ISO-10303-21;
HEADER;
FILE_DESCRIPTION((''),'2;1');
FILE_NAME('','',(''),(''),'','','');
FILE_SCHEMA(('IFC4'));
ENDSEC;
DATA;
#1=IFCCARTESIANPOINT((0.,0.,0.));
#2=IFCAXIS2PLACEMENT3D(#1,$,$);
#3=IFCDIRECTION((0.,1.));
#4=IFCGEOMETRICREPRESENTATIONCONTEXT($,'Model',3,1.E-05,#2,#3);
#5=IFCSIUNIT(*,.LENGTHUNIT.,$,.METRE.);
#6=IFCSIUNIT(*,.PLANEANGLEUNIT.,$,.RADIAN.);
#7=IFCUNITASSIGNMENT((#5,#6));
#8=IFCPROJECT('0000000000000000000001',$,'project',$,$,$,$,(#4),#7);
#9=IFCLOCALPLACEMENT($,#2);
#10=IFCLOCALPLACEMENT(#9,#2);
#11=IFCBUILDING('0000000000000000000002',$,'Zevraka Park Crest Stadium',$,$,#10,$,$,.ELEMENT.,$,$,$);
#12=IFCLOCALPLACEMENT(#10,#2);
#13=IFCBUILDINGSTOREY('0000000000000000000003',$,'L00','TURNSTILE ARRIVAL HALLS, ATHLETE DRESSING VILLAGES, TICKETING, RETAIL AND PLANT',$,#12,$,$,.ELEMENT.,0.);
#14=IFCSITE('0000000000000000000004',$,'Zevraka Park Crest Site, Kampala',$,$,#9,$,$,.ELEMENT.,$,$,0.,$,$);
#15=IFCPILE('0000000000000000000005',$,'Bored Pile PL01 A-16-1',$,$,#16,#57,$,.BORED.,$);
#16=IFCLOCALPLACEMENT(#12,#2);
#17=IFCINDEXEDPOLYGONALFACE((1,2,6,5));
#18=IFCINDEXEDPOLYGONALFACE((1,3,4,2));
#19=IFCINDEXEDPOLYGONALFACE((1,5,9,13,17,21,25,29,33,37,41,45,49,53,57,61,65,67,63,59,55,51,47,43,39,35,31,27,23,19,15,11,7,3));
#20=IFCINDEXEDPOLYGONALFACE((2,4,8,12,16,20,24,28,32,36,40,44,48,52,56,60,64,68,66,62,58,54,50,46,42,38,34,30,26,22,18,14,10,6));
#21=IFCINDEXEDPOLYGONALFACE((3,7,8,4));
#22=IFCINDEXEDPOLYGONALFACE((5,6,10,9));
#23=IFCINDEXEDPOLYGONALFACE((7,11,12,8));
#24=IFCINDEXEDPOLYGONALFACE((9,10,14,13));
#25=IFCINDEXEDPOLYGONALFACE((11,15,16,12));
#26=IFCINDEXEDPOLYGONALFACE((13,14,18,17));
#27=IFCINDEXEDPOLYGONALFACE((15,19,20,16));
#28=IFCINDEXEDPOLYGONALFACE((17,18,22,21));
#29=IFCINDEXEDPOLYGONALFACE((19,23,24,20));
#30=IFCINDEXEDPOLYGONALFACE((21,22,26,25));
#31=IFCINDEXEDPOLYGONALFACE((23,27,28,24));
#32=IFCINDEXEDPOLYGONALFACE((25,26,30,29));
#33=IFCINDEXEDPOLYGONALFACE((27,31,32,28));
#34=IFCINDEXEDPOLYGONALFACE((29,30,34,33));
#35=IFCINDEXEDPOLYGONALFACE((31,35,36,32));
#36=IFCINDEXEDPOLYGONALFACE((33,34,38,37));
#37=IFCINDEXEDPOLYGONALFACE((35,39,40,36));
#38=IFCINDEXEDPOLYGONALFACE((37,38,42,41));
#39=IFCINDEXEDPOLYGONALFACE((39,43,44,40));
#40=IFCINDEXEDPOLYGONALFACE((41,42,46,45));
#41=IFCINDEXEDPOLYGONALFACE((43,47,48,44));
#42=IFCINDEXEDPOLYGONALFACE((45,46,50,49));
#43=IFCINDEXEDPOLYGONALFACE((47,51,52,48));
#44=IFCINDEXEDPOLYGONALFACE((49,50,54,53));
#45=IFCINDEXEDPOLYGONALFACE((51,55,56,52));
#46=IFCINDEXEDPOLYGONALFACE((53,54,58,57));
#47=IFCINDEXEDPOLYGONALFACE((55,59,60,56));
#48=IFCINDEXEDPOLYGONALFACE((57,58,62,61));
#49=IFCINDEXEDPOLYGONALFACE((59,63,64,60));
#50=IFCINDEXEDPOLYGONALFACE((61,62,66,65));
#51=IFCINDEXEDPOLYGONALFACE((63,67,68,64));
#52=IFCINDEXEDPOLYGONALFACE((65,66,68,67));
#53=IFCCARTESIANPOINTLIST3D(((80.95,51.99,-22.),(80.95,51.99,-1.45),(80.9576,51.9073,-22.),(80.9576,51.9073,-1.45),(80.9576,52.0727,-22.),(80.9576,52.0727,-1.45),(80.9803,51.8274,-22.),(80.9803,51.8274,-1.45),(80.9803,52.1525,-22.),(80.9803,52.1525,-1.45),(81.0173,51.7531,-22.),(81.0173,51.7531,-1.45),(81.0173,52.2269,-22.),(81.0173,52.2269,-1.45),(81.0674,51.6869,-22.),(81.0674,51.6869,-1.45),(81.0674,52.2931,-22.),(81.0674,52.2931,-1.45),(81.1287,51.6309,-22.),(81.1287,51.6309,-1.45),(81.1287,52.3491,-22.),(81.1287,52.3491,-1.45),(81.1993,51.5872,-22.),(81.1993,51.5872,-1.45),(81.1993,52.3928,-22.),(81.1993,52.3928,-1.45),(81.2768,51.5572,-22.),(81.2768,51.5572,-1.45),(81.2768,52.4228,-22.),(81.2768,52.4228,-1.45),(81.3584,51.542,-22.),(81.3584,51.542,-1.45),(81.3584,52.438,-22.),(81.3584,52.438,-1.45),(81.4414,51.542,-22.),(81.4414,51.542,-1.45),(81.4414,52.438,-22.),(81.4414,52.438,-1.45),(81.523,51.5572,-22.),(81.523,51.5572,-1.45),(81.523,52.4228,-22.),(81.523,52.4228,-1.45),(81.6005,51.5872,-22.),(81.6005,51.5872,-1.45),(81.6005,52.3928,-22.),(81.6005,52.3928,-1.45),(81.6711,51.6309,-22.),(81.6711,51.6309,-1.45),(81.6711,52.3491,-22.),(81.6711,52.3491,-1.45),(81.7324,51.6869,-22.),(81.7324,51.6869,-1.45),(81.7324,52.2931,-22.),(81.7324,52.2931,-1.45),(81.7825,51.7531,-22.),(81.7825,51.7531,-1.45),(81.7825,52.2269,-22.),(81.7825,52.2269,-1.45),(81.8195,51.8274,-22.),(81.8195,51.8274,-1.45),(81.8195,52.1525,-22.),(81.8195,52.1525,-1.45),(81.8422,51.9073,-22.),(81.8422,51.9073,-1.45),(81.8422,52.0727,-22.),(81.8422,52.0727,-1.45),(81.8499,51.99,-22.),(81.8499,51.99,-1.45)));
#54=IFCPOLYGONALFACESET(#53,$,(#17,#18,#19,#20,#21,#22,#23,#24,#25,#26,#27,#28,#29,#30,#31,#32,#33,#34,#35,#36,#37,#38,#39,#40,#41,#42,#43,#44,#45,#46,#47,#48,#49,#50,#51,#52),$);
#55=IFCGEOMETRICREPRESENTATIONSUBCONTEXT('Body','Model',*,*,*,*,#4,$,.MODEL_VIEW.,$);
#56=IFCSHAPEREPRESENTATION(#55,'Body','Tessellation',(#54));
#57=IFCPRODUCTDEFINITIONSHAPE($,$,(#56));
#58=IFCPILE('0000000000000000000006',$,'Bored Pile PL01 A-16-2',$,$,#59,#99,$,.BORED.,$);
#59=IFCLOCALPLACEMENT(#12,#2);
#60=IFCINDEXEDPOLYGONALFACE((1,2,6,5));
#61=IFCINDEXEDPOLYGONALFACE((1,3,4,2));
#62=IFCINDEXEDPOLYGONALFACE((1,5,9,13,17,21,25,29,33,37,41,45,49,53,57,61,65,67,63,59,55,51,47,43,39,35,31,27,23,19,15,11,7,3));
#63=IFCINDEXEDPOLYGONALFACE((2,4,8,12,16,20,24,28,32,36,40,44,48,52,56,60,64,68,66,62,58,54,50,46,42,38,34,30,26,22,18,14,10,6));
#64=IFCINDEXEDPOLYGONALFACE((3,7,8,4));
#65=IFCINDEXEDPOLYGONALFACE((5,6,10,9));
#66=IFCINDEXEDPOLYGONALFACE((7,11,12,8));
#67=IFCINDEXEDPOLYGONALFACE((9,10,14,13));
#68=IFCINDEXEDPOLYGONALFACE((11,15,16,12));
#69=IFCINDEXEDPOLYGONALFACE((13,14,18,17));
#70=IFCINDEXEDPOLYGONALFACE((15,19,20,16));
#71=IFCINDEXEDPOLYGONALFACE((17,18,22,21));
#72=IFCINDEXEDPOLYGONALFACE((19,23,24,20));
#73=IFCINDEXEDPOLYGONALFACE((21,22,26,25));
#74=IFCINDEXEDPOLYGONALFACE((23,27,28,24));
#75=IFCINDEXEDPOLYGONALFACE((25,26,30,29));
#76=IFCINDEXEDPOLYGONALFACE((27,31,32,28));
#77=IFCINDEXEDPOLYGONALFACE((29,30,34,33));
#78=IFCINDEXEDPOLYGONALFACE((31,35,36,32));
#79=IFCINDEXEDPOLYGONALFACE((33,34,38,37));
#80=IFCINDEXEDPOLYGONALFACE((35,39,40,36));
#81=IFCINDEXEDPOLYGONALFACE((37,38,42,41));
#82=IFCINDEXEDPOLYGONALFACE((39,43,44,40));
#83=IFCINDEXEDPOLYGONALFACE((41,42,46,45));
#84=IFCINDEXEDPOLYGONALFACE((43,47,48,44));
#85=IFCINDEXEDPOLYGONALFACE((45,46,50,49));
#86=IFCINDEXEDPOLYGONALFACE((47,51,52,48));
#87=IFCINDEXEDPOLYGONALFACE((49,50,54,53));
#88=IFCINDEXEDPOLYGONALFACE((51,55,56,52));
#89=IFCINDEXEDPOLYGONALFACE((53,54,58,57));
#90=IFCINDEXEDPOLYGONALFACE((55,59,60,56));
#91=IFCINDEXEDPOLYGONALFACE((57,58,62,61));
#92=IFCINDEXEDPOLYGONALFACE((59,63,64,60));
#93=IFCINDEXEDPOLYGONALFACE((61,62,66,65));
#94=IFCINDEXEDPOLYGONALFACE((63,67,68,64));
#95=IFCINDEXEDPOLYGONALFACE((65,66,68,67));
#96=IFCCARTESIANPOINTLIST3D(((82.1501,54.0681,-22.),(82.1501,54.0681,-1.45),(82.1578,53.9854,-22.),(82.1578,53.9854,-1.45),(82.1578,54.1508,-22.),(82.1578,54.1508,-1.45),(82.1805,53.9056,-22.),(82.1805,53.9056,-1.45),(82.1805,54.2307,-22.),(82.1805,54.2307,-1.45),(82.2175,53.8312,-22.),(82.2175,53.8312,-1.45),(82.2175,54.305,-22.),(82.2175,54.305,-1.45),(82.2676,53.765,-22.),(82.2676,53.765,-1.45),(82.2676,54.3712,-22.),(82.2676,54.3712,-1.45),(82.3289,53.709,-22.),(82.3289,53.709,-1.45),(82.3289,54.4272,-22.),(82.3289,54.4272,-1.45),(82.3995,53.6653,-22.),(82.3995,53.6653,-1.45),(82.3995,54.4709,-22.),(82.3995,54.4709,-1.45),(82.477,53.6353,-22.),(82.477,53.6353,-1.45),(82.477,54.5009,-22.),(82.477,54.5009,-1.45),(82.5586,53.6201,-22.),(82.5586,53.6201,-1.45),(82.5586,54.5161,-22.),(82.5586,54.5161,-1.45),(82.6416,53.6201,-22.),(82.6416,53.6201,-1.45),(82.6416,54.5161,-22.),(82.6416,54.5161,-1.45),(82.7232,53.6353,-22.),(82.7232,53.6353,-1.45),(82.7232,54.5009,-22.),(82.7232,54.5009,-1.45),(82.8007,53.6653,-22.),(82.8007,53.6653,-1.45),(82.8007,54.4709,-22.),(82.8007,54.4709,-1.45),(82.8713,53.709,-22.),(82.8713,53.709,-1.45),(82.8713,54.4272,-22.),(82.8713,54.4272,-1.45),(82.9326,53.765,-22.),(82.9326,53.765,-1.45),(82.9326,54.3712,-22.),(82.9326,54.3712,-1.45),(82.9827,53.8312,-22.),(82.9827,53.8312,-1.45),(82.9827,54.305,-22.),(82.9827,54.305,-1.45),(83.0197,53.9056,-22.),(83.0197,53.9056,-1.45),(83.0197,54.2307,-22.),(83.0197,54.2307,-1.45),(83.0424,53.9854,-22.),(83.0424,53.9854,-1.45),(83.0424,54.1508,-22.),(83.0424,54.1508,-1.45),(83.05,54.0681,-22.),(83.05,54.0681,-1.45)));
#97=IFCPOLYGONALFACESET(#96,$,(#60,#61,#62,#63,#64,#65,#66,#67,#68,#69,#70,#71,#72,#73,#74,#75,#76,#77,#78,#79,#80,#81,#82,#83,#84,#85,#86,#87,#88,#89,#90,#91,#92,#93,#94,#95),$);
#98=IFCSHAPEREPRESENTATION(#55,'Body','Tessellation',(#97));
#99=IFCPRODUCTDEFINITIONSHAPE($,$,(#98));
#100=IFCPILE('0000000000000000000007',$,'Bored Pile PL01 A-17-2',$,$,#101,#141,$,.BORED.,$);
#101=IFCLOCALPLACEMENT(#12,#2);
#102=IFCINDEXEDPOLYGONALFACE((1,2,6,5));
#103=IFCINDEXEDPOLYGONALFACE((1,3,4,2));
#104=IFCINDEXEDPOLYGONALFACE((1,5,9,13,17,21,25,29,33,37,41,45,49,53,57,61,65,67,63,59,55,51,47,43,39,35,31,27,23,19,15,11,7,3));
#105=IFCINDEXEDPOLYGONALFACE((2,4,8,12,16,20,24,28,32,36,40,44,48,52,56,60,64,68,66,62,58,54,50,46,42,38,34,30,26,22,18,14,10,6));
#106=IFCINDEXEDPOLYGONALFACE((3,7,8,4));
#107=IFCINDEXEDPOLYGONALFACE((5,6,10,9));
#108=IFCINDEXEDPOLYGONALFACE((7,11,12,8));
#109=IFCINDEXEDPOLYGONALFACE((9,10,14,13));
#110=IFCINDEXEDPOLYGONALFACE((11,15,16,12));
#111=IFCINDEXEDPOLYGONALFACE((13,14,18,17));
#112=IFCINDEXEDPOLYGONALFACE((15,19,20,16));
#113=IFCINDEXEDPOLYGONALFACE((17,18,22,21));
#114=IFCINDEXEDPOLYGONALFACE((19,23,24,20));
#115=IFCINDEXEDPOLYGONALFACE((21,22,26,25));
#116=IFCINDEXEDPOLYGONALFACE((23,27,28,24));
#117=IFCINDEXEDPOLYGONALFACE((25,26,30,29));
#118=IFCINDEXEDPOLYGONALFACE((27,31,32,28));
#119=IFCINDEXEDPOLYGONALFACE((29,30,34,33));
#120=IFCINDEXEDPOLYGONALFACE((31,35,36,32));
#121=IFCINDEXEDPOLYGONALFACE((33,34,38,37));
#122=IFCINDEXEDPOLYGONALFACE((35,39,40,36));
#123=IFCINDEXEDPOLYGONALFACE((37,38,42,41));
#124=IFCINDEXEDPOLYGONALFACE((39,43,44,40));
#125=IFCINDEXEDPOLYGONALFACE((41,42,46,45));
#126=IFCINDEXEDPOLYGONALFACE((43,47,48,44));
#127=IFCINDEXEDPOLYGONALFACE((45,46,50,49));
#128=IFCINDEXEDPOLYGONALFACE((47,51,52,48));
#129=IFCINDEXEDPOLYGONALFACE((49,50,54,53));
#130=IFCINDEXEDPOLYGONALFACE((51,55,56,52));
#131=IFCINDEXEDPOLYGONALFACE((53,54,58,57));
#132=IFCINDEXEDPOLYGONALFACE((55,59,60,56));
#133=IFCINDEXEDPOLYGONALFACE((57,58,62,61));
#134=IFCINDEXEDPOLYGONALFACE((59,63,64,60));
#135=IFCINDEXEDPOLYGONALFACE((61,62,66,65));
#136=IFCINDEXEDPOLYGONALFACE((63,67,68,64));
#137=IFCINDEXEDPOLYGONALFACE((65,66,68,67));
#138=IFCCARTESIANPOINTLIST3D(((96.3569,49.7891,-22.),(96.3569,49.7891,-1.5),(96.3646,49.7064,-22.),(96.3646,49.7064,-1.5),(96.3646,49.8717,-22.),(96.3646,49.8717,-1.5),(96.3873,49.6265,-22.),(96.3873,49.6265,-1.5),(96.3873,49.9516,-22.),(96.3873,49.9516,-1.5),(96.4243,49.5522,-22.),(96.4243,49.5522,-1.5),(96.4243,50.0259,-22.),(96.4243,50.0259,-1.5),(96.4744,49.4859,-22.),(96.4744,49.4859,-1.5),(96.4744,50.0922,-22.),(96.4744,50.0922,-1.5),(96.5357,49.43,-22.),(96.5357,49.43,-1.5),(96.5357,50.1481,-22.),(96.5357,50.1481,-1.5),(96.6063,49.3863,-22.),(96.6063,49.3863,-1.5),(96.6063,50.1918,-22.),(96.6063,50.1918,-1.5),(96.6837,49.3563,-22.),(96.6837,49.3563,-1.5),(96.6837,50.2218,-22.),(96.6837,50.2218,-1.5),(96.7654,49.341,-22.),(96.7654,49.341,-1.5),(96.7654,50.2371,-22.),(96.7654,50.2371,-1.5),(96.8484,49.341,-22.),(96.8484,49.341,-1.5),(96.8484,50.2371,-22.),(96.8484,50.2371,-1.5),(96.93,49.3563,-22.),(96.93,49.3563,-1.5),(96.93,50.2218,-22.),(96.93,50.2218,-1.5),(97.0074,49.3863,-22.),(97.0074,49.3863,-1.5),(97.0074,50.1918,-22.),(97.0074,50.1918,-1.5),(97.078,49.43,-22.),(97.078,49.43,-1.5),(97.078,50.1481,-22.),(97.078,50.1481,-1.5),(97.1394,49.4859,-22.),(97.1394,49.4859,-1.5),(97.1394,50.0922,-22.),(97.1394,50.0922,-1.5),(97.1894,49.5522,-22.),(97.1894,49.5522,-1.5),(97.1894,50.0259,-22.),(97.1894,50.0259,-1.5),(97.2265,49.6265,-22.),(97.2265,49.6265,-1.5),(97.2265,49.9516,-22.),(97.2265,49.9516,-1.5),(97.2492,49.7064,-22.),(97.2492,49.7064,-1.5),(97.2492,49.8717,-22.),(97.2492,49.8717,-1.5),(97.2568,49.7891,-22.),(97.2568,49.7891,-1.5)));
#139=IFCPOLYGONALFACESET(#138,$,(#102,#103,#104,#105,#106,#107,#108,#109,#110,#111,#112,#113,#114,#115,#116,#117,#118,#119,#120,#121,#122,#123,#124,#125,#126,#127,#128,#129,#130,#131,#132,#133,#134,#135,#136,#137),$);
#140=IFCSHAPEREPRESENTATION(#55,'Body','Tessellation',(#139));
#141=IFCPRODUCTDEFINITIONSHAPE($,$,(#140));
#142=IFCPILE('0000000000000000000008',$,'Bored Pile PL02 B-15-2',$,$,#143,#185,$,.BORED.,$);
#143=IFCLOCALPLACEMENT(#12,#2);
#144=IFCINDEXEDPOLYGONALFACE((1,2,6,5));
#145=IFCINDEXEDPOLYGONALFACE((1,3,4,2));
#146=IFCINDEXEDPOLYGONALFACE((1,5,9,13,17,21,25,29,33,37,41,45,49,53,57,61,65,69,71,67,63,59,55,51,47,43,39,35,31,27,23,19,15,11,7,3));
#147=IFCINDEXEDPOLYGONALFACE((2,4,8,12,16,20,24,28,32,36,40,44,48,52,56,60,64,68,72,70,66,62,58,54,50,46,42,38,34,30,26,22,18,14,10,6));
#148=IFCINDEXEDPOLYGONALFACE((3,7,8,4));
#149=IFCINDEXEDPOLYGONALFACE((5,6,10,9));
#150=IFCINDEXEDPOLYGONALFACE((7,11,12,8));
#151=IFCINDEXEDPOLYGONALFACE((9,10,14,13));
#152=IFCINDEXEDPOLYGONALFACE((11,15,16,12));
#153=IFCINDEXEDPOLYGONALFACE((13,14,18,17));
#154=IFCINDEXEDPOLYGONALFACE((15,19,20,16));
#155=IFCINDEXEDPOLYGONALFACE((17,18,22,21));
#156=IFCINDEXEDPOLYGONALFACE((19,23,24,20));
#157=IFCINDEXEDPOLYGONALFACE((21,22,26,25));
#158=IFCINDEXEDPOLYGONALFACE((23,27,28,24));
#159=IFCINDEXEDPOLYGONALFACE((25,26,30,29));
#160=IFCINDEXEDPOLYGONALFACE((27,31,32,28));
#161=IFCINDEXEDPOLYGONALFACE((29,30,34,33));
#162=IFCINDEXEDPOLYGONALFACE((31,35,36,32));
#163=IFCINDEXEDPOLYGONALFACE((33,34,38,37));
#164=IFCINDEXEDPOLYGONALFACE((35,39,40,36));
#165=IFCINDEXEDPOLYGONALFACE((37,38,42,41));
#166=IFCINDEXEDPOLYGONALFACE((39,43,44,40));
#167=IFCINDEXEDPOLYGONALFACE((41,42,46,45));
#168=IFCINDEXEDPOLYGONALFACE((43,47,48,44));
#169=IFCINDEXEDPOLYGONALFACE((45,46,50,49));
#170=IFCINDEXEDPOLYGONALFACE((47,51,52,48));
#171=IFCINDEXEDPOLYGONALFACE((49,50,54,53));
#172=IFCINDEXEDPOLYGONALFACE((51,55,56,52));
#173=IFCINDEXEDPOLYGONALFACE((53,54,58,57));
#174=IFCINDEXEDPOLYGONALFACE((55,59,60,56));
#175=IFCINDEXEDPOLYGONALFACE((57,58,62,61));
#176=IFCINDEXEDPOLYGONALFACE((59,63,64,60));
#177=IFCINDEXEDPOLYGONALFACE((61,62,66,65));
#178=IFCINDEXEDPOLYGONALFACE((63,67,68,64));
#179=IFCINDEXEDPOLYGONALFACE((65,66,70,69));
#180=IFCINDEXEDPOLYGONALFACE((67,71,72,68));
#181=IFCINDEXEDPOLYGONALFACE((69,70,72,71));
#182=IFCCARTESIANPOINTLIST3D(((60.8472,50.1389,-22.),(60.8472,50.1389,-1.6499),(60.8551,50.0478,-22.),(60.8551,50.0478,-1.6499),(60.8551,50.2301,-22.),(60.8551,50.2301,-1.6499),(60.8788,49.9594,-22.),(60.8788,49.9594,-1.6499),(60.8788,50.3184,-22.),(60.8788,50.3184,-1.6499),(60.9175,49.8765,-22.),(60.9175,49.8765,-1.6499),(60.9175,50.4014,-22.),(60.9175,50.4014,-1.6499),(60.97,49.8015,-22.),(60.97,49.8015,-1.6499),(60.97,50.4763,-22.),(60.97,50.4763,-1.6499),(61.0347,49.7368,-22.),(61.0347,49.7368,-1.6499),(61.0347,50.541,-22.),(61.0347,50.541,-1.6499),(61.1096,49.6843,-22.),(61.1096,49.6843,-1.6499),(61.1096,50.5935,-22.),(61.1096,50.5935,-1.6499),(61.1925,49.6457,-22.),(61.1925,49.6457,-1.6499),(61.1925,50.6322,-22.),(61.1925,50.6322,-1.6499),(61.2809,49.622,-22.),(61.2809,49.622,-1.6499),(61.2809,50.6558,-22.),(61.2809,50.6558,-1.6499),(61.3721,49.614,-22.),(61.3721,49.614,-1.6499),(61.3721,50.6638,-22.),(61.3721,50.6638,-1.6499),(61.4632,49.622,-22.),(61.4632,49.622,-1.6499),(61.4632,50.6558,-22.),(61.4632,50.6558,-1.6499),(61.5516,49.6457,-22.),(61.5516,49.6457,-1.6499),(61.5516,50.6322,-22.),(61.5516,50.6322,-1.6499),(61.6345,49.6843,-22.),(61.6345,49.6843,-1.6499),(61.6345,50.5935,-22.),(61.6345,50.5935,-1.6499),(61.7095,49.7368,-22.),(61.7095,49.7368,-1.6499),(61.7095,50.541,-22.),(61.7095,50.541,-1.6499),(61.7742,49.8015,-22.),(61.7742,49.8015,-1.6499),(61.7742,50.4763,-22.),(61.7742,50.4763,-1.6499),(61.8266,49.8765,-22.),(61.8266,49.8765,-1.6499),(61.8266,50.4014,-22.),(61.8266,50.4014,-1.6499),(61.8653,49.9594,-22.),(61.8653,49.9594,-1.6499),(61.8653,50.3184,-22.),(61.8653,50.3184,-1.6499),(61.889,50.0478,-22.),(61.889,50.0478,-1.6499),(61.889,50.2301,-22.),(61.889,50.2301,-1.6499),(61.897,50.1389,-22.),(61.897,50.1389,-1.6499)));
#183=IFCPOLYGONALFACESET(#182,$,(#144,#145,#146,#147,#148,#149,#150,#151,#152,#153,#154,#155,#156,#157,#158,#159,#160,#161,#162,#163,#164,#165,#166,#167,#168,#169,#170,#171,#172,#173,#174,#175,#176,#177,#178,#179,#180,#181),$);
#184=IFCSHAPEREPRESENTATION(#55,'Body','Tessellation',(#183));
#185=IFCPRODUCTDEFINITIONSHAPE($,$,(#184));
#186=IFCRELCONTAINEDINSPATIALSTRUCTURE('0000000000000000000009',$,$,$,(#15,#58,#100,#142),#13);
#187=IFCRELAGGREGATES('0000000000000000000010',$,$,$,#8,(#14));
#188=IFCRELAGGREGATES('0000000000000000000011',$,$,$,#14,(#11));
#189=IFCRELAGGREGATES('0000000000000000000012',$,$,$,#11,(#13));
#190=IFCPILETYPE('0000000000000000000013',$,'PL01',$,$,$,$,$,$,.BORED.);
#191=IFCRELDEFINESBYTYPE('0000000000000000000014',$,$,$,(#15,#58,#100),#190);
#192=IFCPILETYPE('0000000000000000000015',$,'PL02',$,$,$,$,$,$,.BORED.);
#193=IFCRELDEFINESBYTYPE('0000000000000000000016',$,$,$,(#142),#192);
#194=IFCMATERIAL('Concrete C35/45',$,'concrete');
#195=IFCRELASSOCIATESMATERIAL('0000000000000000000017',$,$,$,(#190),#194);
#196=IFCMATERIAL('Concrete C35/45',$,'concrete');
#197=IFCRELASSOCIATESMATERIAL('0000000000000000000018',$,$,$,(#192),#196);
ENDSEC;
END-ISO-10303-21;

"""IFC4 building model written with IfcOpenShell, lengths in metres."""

from ifc_helpers import new_model, si_unit, direction, frame, origin, origin_2d, place, context, subcontext, project, spatial, circle, extrude, material, material_profile, profile_set, type_object, element, save


model = new_model("IFC4")

# Units and contexts
model_context = context("Model", 3, precision=1e-05, world=origin(), true_north=direction((0.0, 1.0)))
body_context = subcontext(model_context, "Body", "Model", "MODEL_VIEW")
ifc_project = project(units=[si_unit("LENGTHUNIT", "METRE"), si_unit("PLANEANGLEUNIT", "RADIAN")], contexts=[model_context])

# Site, building, storey
site_placement = place(None, origin())
site = spatial("IfcSite", under=ifc_project, at=site_placement, Name="Zevraka Park Crest Site, Kampala", CompositionType="ELEMENT", RefElevation=0.0)
building_placement = place(site_placement, origin())
building = spatial("IfcBuilding", under=site, at=building_placement, Name="Zevraka Park Crest Stadium", CompositionType="ELEMENT")
storey_placement = place(building_placement, origin())
storey = spatial("IfcBuildingStorey", under=building, at=storey_placement, Name="L00", Description="TURNSTILE ARRIVAL HALLS, ATHLETE DRESSING VILLAGES, TICKETING, RETAIL AND PLANT", CompositionType="ELEMENT", Elevation=0.0)

# Piles
ifc_material_1 = material(Name="Concrete C35/45", Category="concrete")
ifc_material_profile_1 = material_profile(ifc_material_1, circle(Radius=0.45, at=origin_2d()), Name="PILE D900")
ifc_profile_set_1 = profile_set([ifc_material_profile_1], Name="Concrete C35/45")
pile_type_1 = type_object("IfcPileType", Name="PL01", PredefinedType="BORED", material=ifc_profile_set_1)
for number, where, z_axis, x_axis, name in (
    (1, (81.3999, 51.99, -1.45), (0.0, 0.0, -1.0), (1.0, 0.0, 0.0), "Bored Pile PL01 A-16-1"),
    (2, (82.6001, 54.0681, -1.45), (0.0, 0.0, -1.0), (1.0, 0.0, 0.0), "Bored Pile PL01 A-16-2"),
):
    element("IfcPile", number, at=place(storey_placement, frame(where, z_axis=z_axis, x_axis=x_axis)), inside=storey, type_object=pile_type_1, Name=name, PredefinedType="BORED", context=body_context, shape_type="SweptSolid", body=[
        extrude(circle(Radius=0.45, at=origin_2d()), origin(), (0.0, 0.0, 1.0), 20.55),
    ])
pile_1_placement = place(storey_placement, frame((96.8069, 49.7891, -1.5), z_axis=(0.0, 0.0, -1.0), x_axis=(1.0, 0.0, 0.0)))
element("IfcPile", 3, at=pile_1_placement, inside=storey, type_object=pile_type_1, Name="Bored Pile PL01 A-17-2", PredefinedType="BORED", context=body_context, shape_type="SweptSolid", body=[
    extrude(circle(Radius=0.45, at=origin_2d()), origin(), (0.0, 0.0, 1.0), 20.5),
])
ifc_material_2 = material(Name="Concrete C35/45", Category="concrete")
ifc_material_profile_2 = material_profile(ifc_material_2, circle(Radius=0.5249, at=origin_2d()), Name="PILE D1050")
ifc_profile_set_2 = profile_set([ifc_material_profile_2], Name="Concrete C35/45")
pile_type_2 = type_object("IfcPileType", Name="PL02", PredefinedType="BORED", material=ifc_profile_set_2)
for number, where, z_axis, x_axis, name in (
    (4, (61.3721, 50.1389, -1.6499), (0.0, 0.0, -1.0), (1.0, 0.0, 0.0), "Bored Pile PL02 B-15-2"),
):
    element("IfcPile", number, at=place(storey_placement, frame(where, z_axis=z_axis, x_axis=x_axis)), inside=storey, type_object=pile_type_2, Name=name, PredefinedType="BORED", context=body_context, shape_type="SweptSolid", body=[
        extrude(circle(Radius=0.5249, at=origin_2d()), origin(), (0.0, 0.0, 1.0), 20.3501),
    ])

save(model, "model.ifc")
